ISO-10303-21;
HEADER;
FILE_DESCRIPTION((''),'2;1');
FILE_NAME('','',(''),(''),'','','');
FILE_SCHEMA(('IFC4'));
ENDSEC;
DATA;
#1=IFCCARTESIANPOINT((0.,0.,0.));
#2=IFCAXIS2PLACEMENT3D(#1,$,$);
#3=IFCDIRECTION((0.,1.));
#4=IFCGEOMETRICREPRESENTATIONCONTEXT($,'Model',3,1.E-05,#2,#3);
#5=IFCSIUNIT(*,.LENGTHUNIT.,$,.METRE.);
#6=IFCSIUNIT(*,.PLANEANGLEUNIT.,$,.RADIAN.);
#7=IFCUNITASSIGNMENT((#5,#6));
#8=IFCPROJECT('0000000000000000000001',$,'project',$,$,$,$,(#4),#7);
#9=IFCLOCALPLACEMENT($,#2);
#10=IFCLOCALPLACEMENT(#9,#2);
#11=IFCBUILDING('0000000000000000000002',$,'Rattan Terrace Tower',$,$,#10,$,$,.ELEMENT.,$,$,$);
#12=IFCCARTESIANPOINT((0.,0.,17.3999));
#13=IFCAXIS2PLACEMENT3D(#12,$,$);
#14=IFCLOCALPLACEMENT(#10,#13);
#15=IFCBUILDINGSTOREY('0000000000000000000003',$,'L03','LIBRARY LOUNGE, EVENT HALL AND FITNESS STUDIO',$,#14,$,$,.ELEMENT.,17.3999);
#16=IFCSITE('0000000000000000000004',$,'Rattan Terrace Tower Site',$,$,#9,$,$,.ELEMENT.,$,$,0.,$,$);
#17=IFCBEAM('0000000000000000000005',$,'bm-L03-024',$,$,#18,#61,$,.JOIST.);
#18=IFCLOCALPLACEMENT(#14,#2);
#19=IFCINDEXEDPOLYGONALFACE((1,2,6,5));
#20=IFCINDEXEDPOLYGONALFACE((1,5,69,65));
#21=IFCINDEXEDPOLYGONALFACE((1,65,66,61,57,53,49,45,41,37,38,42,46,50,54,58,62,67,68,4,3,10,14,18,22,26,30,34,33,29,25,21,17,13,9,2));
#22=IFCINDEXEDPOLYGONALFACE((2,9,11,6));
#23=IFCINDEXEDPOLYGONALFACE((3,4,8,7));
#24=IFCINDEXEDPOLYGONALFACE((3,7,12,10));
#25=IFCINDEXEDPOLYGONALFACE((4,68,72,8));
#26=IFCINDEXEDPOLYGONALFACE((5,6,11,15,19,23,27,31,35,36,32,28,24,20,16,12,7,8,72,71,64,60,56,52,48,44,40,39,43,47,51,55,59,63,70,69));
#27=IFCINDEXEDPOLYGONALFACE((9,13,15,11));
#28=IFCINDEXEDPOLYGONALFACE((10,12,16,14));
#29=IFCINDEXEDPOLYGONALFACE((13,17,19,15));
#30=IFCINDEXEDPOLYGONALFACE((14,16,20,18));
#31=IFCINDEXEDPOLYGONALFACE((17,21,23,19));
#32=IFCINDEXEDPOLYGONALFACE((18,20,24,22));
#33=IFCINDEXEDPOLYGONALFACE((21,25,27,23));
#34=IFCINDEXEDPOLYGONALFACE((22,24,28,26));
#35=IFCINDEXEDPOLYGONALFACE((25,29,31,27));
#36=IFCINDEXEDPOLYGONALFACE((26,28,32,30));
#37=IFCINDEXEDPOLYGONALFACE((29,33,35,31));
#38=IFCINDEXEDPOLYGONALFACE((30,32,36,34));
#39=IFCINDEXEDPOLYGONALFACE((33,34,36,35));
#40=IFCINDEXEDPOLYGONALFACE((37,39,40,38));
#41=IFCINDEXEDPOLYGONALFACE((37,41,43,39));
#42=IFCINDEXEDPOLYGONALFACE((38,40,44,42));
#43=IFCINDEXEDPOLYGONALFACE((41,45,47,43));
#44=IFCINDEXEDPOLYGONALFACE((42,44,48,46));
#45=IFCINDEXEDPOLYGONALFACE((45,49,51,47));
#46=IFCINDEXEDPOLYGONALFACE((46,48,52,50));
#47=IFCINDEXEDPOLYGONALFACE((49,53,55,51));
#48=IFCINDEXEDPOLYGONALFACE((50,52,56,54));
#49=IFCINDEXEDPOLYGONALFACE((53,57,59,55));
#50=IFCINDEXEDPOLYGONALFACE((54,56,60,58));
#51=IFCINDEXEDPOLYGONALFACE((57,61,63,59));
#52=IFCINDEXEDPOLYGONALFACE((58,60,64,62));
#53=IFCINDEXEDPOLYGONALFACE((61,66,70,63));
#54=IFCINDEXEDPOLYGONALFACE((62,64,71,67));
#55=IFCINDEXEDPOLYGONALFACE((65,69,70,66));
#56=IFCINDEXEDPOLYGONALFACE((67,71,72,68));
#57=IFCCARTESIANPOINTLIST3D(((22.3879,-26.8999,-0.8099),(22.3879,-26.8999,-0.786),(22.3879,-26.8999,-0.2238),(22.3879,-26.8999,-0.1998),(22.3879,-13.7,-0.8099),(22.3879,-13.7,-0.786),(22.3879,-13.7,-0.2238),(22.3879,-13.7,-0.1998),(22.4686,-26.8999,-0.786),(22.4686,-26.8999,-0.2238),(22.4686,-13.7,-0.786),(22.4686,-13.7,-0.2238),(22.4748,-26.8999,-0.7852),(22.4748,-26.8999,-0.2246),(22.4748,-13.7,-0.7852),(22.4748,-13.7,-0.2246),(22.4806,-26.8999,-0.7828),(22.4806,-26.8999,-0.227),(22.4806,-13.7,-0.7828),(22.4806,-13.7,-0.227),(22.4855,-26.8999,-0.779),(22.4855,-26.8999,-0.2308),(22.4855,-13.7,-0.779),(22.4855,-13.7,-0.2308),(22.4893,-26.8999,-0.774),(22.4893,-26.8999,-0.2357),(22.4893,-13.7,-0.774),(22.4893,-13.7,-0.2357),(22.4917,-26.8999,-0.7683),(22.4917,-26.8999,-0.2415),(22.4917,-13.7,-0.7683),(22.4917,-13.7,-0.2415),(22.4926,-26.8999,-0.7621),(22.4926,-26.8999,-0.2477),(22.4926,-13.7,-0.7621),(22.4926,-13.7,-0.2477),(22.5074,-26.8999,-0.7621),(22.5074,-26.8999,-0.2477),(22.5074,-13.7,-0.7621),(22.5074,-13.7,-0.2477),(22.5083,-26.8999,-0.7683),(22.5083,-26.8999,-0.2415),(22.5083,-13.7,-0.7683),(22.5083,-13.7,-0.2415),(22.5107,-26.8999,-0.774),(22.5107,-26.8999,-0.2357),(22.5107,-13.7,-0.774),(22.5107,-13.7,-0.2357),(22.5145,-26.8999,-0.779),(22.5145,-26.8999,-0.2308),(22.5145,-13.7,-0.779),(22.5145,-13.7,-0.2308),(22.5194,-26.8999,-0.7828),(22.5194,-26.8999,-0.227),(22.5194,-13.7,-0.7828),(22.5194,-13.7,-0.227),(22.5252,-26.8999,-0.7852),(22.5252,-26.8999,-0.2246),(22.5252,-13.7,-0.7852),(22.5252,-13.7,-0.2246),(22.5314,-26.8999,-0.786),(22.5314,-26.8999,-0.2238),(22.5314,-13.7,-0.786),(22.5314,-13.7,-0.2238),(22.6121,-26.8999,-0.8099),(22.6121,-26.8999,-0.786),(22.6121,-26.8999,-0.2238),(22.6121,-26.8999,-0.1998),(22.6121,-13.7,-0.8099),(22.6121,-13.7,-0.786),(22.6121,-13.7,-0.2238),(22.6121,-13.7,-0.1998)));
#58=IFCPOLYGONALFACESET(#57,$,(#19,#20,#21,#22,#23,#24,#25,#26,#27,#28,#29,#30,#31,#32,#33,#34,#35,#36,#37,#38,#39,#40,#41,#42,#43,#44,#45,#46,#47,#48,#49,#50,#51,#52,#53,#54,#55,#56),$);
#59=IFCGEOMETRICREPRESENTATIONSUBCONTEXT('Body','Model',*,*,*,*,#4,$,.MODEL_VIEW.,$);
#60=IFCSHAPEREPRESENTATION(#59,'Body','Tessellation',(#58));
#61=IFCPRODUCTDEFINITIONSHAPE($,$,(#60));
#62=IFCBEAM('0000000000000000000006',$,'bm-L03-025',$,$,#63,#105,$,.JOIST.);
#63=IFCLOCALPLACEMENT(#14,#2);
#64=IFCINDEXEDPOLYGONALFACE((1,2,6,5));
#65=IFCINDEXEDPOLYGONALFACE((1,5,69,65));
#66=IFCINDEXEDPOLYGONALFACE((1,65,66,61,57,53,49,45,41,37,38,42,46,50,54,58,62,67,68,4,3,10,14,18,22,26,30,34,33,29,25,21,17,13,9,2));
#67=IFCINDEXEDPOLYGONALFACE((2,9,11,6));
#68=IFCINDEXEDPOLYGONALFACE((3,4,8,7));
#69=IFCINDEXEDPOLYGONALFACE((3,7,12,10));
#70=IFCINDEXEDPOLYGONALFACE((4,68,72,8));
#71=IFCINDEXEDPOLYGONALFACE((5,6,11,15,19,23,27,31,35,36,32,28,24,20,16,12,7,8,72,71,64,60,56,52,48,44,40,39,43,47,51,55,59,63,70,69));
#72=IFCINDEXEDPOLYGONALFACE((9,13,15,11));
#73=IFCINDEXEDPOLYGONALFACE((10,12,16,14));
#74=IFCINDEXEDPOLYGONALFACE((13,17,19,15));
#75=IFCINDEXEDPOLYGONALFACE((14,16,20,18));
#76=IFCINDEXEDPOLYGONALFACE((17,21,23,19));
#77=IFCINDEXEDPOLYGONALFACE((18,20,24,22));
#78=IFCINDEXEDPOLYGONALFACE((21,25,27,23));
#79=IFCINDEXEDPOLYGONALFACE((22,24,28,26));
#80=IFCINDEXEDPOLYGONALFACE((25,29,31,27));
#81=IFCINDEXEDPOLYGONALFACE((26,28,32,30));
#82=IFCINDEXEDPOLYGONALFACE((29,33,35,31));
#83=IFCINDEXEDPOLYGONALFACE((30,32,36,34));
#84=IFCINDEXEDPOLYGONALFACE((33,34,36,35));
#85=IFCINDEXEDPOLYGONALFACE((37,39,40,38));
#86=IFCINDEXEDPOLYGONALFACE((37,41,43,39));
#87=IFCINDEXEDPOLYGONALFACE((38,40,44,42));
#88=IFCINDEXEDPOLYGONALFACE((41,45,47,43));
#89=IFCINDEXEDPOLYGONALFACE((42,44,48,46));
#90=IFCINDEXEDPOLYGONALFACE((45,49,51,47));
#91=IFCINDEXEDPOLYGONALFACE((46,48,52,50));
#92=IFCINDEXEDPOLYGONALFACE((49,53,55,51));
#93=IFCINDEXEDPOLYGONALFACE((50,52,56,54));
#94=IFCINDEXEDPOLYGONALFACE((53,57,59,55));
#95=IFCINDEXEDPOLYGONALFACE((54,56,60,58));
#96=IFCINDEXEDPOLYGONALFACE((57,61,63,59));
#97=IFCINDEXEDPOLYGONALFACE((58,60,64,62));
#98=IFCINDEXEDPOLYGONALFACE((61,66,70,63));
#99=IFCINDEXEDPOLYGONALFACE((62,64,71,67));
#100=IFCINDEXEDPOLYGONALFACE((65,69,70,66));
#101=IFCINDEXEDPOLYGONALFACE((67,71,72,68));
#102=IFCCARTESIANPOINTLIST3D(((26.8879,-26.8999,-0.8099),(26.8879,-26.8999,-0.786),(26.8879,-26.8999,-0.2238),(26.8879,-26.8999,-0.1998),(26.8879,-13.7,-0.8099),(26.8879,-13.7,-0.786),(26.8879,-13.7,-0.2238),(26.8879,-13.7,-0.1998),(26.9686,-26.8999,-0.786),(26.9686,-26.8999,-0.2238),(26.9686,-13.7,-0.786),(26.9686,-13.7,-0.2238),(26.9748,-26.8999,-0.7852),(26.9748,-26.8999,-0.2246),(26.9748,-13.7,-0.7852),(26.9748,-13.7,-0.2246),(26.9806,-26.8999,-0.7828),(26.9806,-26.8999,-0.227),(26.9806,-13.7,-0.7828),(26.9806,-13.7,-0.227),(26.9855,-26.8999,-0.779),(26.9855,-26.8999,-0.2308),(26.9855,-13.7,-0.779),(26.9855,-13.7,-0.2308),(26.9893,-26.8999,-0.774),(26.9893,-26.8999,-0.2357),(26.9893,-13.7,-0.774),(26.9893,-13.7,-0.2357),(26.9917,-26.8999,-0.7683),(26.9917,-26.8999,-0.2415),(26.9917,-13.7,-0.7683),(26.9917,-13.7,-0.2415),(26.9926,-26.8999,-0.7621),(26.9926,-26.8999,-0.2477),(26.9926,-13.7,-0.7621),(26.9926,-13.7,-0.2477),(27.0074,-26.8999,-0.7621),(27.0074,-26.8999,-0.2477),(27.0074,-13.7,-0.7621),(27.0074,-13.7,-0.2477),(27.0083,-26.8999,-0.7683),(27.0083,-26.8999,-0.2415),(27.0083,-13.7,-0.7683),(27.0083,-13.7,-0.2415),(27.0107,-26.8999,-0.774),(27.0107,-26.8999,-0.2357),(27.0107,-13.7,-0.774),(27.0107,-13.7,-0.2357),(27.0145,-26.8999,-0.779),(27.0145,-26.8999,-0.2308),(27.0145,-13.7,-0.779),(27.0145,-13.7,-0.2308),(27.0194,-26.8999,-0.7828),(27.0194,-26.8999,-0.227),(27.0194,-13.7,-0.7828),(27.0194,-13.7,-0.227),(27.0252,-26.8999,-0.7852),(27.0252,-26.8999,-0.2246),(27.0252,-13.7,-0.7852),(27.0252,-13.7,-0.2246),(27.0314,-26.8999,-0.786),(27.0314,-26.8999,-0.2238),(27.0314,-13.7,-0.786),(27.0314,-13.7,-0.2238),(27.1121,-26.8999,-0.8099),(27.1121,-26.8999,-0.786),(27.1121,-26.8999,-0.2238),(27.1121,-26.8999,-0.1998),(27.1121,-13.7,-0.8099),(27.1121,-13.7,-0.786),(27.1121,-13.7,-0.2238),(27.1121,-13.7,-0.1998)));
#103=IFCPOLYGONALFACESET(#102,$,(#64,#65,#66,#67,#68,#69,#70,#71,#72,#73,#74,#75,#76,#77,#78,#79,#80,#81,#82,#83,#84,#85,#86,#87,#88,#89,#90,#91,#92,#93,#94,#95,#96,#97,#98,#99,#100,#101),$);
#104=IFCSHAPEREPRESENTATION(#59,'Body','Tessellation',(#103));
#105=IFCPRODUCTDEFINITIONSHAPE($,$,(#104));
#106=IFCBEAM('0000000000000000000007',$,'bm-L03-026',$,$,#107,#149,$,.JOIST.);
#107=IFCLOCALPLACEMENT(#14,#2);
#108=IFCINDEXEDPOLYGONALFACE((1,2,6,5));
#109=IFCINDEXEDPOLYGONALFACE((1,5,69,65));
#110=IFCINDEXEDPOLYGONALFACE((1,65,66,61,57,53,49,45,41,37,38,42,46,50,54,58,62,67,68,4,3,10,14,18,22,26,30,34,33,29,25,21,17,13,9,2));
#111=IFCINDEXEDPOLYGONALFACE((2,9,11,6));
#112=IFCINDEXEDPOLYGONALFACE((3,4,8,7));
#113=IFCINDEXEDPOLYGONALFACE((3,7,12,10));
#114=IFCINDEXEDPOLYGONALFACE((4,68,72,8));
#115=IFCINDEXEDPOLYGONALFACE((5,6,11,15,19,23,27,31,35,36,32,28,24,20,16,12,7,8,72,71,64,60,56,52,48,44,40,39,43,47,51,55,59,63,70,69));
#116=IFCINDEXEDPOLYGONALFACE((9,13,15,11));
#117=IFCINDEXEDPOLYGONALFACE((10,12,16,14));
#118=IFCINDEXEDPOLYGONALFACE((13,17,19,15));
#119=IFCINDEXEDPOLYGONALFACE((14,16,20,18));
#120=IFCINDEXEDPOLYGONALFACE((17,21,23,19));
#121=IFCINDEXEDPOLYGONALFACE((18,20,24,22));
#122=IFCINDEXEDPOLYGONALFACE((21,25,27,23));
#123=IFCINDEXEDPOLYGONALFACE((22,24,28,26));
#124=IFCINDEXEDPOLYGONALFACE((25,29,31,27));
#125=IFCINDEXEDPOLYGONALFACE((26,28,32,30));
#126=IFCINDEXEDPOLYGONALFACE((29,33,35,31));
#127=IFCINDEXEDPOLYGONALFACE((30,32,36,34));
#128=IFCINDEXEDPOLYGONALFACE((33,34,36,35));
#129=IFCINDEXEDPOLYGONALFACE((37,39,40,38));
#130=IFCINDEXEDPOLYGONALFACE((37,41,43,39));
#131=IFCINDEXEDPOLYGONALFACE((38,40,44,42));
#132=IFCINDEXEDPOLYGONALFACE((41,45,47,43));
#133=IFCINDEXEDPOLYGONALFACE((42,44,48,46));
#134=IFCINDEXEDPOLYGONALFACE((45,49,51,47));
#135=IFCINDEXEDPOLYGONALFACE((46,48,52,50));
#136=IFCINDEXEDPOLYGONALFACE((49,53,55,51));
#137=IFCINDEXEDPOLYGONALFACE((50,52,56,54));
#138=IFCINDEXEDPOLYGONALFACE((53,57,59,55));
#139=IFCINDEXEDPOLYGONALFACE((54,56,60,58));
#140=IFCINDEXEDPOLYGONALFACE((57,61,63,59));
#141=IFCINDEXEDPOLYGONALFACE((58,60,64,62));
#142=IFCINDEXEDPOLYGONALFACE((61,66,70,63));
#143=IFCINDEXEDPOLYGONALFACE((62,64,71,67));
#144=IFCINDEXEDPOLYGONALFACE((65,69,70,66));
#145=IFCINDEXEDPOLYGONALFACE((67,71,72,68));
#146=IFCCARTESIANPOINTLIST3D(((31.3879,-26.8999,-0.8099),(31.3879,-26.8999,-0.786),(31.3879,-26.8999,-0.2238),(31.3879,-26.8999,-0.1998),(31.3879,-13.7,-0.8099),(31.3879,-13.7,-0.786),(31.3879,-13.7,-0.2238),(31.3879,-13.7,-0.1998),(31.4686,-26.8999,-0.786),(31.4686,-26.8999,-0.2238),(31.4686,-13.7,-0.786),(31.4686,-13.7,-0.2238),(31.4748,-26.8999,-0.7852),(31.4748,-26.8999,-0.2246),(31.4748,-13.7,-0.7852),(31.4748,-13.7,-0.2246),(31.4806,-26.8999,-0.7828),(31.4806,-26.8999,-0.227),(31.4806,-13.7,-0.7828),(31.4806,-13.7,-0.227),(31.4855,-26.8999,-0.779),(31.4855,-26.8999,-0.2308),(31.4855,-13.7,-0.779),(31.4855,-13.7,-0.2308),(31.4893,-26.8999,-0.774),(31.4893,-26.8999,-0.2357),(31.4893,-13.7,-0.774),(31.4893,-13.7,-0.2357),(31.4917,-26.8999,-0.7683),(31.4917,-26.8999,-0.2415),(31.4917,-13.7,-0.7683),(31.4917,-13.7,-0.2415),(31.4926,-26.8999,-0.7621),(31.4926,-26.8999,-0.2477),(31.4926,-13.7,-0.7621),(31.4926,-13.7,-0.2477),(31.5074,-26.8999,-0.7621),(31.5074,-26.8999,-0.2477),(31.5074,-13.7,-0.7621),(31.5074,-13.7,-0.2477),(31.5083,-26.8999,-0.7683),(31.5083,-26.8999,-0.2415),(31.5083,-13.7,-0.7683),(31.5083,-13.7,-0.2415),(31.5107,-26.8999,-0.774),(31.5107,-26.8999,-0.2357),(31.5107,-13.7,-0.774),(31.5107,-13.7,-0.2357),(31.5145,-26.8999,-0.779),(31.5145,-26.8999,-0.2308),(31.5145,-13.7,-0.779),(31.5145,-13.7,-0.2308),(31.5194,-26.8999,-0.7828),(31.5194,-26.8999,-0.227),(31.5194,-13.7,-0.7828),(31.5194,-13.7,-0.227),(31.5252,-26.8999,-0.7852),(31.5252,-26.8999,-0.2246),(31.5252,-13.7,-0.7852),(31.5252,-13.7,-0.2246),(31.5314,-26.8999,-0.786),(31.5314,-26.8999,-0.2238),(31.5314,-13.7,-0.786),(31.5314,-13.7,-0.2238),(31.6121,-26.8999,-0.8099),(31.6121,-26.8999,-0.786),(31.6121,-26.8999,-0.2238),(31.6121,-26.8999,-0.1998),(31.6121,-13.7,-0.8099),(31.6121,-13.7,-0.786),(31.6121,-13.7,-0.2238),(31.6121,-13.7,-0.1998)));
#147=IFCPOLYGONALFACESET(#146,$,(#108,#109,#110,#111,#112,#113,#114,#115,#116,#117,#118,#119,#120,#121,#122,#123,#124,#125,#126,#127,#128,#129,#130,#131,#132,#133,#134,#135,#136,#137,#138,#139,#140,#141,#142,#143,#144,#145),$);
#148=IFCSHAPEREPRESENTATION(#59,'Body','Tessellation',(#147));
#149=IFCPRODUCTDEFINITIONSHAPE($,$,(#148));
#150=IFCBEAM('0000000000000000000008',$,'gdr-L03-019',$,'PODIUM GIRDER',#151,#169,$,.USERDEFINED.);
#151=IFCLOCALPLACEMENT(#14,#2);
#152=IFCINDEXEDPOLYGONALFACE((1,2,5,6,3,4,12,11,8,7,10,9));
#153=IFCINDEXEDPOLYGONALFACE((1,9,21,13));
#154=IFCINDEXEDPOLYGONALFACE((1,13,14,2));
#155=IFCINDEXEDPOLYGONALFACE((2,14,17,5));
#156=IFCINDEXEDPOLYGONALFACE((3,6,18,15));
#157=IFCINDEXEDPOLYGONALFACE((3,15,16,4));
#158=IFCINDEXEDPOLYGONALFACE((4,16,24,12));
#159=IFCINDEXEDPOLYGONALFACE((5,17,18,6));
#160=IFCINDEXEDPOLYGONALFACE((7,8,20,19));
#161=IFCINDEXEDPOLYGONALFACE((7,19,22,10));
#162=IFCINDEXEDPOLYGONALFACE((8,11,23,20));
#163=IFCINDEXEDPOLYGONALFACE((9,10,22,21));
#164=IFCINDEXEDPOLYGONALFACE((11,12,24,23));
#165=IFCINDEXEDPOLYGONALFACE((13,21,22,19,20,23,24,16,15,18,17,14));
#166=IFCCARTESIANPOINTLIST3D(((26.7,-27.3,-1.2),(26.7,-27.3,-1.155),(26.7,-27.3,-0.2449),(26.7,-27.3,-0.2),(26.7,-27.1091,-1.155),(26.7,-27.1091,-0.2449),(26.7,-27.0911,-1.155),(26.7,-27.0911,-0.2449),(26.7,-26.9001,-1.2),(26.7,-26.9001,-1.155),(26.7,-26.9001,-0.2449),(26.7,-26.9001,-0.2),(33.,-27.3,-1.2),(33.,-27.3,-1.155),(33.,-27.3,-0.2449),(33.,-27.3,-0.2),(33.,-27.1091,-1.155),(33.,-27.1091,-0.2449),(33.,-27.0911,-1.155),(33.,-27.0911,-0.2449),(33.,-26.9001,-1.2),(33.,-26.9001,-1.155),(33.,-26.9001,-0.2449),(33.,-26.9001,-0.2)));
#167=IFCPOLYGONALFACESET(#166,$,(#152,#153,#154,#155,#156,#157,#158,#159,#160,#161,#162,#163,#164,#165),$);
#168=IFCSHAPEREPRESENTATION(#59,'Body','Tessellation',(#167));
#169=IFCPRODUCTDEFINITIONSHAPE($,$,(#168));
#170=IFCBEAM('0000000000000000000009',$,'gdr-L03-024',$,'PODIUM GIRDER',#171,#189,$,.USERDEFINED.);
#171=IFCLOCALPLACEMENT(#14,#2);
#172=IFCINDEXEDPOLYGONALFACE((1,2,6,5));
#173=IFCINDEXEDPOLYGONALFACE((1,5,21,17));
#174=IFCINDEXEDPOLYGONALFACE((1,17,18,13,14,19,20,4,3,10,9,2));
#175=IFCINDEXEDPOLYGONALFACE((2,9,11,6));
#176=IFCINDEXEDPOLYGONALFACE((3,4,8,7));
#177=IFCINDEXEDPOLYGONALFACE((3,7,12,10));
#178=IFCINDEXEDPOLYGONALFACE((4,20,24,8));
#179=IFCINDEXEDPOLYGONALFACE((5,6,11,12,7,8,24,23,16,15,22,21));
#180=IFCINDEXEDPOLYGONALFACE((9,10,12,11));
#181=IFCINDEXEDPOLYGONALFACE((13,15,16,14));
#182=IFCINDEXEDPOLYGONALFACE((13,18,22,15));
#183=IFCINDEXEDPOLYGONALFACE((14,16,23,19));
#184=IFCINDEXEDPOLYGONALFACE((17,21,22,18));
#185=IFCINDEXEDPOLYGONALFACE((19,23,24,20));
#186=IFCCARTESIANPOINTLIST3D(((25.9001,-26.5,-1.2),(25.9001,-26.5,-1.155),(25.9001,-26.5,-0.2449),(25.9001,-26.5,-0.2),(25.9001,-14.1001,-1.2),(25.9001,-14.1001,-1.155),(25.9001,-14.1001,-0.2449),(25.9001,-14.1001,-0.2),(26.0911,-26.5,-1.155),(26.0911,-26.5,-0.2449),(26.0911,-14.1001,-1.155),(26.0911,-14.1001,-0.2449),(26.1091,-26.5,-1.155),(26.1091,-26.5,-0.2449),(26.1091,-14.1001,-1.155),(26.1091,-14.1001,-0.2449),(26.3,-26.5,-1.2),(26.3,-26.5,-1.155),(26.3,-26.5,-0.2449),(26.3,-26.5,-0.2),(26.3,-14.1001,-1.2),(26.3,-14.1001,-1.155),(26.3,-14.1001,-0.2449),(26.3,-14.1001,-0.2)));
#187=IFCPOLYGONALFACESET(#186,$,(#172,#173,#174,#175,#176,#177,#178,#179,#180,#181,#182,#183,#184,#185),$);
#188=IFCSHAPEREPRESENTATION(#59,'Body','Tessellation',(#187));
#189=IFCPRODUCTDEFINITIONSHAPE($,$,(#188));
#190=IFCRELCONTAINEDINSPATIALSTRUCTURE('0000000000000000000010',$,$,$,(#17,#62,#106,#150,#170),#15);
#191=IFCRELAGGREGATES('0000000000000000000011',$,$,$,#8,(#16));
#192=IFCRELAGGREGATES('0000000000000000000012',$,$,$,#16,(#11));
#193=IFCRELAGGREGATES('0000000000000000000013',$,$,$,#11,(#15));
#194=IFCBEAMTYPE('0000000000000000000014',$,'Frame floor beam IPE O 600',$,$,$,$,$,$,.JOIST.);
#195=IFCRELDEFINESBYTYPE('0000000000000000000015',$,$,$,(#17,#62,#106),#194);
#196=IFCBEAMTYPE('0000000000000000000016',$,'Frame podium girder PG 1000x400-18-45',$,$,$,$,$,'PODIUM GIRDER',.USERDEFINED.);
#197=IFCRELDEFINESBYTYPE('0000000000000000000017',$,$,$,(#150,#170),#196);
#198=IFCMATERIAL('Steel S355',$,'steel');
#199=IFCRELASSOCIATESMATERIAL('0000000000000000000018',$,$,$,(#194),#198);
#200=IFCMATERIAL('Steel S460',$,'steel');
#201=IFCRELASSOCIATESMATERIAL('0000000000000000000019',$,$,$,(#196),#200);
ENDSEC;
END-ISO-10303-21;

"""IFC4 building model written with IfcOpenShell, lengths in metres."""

from ifc_helpers import new_model, si_unit, direction, frame, origin, origin_2d, place, context, subcontext, project, spatial, i_section, extrude, material, material_profile, profile_set, type_object, element, save


model = new_model("IFC4")

# Units and contexts
model_context = context("Model", 3, precision=1e-05, world=origin(), true_north=direction((0.0, 1.0)))
body_context = subcontext(model_context, "Body", "Model", "MODEL_VIEW")
ifc_project = project(units=[si_unit("LENGTHUNIT", "METRE"), si_unit("PLANEANGLEUNIT", "RADIAN")], contexts=[model_context])

# Site, building, storey
site_placement = place(None, origin())
site = spatial("IfcSite", under=ifc_project, at=site_placement, Name="Rattan Terrace Tower Site", CompositionType="ELEMENT", RefElevation=0.0)
building_placement = place(site_placement, origin())
building = spatial("IfcBuilding", under=site, at=building_placement, Name="Rattan Terrace Tower", CompositionType="ELEMENT")
storey_placement = place(building_placement, frame((0.0, 0.0, 17.3999)))
storey = spatial("IfcBuildingStorey", under=building, at=storey_placement, Name="L03", Description="LIBRARY LOUNGE, EVENT HALL AND FITNESS STUDIO", CompositionType="ELEMENT", Elevation=17.3999)

# Beams
ifc_material_1 = material(Name="Steel S355", Category="steel")
ifc_material_profile_1 = material_profile(ifc_material_1, i_section(OverallWidth=0.2241, OverallDepth=0.6101, WebThickness=0.0149, FlangeThickness=0.0239, FilletRadius=0.0239, at=origin_2d()), Name="IPE O 600")
ifc_profile_set_1 = profile_set([ifc_material_profile_1], Name="Steel S355")
beam_type_1 = type_object("IfcBeamType", Name="Frame floor beam IPE O 600", PredefinedType="JOIST", material=ifc_profile_set_1)
for number, where, z_axis, x_axis, name in (
    (1, (22.5, -26.8999, -0.5049), (0.0, 1.0, 0.0), (-1.0, 0.0, 0.0), "bm-L03-024"),
    (2, (27.0, -26.8999, -0.5049), (0.0, 1.0, 0.0), (-1.0, 0.0, 0.0), "bm-L03-025"),
    (3, (31.5, -26.8999, -0.5049), (0.0, 1.0, 0.0), (-1.0, 0.0, 0.0), "bm-L03-026"),
):
    element("IfcBeam", number, at=place(storey_placement, frame(where, z_axis=z_axis, x_axis=x_axis)), inside=storey, type_object=beam_type_1, Name=name, PredefinedType="JOIST", context=body_context, shape_type="SweptSolid", body=[
        extrude(i_section(OverallWidth=0.2241, OverallDepth=0.6101, WebThickness=0.0149, FlangeThickness=0.0239, FilletRadius=0.0239, at=origin_2d()), origin(), (0.0, 0.0, 1.0), 13.2),
    ])
ifc_material_2 = material(Name="Steel S460", Category="steel")
ifc_material_profile_2 = material_profile(ifc_material_2, i_section(OverallWidth=0.3999, OverallDepth=1.0, WebThickness=0.0181, FlangeThickness=0.0449, at=origin_2d()), Name="PG 1000x400-18-45")
ifc_profile_set_2 = profile_set([ifc_material_profile_2], Name="Steel S460")
beam_type_2 = type_object("IfcBeamType", Name="Frame podium girder PG 1000x400-18-45", ElementType="PODIUM GIRDER", PredefinedType="USERDEFINED", material=ifc_profile_set_2)
beam_1_placement = place(storey_placement, frame((26.7, -27.1001, -0.7), z_axis=(1.0, 0.0, 0.0), x_axis=(0.0, 1.0, 0.0)))
element("IfcBeam", 4, at=beam_1_placement, inside=storey, type_object=beam_type_2, Name="gdr-L03-019", ObjectType="PODIUM GIRDER", PredefinedType="USERDEFINED", context=body_context, shape_type="SweptSolid", body=[
    extrude(i_section(OverallWidth=0.3999, OverallDepth=1.0, WebThickness=0.0181, FlangeThickness=0.0449, at=origin_2d()), origin(), (0.0, 0.0, 1.0), 6.3),
])
beam_2_placement = place(storey_placement, frame((26.1001, -26.5, -0.7), z_axis=(0.0, 1.0, 0.0), x_axis=(-1.0, 0.0, 0.0)))
element("IfcBeam", 5, at=beam_2_placement, inside=storey, type_object=beam_type_2, Name="gdr-L03-024", ObjectType="PODIUM GIRDER", PredefinedType="USERDEFINED", context=body_context, shape_type="SweptSolid", body=[
    extrude(i_section(OverallWidth=0.3999, OverallDepth=1.0, WebThickness=0.0181, FlangeThickness=0.0449, at=origin_2d()), origin(), (0.0, 0.0, 1.0), 12.3999),
])

save(model, "model.ifc")
